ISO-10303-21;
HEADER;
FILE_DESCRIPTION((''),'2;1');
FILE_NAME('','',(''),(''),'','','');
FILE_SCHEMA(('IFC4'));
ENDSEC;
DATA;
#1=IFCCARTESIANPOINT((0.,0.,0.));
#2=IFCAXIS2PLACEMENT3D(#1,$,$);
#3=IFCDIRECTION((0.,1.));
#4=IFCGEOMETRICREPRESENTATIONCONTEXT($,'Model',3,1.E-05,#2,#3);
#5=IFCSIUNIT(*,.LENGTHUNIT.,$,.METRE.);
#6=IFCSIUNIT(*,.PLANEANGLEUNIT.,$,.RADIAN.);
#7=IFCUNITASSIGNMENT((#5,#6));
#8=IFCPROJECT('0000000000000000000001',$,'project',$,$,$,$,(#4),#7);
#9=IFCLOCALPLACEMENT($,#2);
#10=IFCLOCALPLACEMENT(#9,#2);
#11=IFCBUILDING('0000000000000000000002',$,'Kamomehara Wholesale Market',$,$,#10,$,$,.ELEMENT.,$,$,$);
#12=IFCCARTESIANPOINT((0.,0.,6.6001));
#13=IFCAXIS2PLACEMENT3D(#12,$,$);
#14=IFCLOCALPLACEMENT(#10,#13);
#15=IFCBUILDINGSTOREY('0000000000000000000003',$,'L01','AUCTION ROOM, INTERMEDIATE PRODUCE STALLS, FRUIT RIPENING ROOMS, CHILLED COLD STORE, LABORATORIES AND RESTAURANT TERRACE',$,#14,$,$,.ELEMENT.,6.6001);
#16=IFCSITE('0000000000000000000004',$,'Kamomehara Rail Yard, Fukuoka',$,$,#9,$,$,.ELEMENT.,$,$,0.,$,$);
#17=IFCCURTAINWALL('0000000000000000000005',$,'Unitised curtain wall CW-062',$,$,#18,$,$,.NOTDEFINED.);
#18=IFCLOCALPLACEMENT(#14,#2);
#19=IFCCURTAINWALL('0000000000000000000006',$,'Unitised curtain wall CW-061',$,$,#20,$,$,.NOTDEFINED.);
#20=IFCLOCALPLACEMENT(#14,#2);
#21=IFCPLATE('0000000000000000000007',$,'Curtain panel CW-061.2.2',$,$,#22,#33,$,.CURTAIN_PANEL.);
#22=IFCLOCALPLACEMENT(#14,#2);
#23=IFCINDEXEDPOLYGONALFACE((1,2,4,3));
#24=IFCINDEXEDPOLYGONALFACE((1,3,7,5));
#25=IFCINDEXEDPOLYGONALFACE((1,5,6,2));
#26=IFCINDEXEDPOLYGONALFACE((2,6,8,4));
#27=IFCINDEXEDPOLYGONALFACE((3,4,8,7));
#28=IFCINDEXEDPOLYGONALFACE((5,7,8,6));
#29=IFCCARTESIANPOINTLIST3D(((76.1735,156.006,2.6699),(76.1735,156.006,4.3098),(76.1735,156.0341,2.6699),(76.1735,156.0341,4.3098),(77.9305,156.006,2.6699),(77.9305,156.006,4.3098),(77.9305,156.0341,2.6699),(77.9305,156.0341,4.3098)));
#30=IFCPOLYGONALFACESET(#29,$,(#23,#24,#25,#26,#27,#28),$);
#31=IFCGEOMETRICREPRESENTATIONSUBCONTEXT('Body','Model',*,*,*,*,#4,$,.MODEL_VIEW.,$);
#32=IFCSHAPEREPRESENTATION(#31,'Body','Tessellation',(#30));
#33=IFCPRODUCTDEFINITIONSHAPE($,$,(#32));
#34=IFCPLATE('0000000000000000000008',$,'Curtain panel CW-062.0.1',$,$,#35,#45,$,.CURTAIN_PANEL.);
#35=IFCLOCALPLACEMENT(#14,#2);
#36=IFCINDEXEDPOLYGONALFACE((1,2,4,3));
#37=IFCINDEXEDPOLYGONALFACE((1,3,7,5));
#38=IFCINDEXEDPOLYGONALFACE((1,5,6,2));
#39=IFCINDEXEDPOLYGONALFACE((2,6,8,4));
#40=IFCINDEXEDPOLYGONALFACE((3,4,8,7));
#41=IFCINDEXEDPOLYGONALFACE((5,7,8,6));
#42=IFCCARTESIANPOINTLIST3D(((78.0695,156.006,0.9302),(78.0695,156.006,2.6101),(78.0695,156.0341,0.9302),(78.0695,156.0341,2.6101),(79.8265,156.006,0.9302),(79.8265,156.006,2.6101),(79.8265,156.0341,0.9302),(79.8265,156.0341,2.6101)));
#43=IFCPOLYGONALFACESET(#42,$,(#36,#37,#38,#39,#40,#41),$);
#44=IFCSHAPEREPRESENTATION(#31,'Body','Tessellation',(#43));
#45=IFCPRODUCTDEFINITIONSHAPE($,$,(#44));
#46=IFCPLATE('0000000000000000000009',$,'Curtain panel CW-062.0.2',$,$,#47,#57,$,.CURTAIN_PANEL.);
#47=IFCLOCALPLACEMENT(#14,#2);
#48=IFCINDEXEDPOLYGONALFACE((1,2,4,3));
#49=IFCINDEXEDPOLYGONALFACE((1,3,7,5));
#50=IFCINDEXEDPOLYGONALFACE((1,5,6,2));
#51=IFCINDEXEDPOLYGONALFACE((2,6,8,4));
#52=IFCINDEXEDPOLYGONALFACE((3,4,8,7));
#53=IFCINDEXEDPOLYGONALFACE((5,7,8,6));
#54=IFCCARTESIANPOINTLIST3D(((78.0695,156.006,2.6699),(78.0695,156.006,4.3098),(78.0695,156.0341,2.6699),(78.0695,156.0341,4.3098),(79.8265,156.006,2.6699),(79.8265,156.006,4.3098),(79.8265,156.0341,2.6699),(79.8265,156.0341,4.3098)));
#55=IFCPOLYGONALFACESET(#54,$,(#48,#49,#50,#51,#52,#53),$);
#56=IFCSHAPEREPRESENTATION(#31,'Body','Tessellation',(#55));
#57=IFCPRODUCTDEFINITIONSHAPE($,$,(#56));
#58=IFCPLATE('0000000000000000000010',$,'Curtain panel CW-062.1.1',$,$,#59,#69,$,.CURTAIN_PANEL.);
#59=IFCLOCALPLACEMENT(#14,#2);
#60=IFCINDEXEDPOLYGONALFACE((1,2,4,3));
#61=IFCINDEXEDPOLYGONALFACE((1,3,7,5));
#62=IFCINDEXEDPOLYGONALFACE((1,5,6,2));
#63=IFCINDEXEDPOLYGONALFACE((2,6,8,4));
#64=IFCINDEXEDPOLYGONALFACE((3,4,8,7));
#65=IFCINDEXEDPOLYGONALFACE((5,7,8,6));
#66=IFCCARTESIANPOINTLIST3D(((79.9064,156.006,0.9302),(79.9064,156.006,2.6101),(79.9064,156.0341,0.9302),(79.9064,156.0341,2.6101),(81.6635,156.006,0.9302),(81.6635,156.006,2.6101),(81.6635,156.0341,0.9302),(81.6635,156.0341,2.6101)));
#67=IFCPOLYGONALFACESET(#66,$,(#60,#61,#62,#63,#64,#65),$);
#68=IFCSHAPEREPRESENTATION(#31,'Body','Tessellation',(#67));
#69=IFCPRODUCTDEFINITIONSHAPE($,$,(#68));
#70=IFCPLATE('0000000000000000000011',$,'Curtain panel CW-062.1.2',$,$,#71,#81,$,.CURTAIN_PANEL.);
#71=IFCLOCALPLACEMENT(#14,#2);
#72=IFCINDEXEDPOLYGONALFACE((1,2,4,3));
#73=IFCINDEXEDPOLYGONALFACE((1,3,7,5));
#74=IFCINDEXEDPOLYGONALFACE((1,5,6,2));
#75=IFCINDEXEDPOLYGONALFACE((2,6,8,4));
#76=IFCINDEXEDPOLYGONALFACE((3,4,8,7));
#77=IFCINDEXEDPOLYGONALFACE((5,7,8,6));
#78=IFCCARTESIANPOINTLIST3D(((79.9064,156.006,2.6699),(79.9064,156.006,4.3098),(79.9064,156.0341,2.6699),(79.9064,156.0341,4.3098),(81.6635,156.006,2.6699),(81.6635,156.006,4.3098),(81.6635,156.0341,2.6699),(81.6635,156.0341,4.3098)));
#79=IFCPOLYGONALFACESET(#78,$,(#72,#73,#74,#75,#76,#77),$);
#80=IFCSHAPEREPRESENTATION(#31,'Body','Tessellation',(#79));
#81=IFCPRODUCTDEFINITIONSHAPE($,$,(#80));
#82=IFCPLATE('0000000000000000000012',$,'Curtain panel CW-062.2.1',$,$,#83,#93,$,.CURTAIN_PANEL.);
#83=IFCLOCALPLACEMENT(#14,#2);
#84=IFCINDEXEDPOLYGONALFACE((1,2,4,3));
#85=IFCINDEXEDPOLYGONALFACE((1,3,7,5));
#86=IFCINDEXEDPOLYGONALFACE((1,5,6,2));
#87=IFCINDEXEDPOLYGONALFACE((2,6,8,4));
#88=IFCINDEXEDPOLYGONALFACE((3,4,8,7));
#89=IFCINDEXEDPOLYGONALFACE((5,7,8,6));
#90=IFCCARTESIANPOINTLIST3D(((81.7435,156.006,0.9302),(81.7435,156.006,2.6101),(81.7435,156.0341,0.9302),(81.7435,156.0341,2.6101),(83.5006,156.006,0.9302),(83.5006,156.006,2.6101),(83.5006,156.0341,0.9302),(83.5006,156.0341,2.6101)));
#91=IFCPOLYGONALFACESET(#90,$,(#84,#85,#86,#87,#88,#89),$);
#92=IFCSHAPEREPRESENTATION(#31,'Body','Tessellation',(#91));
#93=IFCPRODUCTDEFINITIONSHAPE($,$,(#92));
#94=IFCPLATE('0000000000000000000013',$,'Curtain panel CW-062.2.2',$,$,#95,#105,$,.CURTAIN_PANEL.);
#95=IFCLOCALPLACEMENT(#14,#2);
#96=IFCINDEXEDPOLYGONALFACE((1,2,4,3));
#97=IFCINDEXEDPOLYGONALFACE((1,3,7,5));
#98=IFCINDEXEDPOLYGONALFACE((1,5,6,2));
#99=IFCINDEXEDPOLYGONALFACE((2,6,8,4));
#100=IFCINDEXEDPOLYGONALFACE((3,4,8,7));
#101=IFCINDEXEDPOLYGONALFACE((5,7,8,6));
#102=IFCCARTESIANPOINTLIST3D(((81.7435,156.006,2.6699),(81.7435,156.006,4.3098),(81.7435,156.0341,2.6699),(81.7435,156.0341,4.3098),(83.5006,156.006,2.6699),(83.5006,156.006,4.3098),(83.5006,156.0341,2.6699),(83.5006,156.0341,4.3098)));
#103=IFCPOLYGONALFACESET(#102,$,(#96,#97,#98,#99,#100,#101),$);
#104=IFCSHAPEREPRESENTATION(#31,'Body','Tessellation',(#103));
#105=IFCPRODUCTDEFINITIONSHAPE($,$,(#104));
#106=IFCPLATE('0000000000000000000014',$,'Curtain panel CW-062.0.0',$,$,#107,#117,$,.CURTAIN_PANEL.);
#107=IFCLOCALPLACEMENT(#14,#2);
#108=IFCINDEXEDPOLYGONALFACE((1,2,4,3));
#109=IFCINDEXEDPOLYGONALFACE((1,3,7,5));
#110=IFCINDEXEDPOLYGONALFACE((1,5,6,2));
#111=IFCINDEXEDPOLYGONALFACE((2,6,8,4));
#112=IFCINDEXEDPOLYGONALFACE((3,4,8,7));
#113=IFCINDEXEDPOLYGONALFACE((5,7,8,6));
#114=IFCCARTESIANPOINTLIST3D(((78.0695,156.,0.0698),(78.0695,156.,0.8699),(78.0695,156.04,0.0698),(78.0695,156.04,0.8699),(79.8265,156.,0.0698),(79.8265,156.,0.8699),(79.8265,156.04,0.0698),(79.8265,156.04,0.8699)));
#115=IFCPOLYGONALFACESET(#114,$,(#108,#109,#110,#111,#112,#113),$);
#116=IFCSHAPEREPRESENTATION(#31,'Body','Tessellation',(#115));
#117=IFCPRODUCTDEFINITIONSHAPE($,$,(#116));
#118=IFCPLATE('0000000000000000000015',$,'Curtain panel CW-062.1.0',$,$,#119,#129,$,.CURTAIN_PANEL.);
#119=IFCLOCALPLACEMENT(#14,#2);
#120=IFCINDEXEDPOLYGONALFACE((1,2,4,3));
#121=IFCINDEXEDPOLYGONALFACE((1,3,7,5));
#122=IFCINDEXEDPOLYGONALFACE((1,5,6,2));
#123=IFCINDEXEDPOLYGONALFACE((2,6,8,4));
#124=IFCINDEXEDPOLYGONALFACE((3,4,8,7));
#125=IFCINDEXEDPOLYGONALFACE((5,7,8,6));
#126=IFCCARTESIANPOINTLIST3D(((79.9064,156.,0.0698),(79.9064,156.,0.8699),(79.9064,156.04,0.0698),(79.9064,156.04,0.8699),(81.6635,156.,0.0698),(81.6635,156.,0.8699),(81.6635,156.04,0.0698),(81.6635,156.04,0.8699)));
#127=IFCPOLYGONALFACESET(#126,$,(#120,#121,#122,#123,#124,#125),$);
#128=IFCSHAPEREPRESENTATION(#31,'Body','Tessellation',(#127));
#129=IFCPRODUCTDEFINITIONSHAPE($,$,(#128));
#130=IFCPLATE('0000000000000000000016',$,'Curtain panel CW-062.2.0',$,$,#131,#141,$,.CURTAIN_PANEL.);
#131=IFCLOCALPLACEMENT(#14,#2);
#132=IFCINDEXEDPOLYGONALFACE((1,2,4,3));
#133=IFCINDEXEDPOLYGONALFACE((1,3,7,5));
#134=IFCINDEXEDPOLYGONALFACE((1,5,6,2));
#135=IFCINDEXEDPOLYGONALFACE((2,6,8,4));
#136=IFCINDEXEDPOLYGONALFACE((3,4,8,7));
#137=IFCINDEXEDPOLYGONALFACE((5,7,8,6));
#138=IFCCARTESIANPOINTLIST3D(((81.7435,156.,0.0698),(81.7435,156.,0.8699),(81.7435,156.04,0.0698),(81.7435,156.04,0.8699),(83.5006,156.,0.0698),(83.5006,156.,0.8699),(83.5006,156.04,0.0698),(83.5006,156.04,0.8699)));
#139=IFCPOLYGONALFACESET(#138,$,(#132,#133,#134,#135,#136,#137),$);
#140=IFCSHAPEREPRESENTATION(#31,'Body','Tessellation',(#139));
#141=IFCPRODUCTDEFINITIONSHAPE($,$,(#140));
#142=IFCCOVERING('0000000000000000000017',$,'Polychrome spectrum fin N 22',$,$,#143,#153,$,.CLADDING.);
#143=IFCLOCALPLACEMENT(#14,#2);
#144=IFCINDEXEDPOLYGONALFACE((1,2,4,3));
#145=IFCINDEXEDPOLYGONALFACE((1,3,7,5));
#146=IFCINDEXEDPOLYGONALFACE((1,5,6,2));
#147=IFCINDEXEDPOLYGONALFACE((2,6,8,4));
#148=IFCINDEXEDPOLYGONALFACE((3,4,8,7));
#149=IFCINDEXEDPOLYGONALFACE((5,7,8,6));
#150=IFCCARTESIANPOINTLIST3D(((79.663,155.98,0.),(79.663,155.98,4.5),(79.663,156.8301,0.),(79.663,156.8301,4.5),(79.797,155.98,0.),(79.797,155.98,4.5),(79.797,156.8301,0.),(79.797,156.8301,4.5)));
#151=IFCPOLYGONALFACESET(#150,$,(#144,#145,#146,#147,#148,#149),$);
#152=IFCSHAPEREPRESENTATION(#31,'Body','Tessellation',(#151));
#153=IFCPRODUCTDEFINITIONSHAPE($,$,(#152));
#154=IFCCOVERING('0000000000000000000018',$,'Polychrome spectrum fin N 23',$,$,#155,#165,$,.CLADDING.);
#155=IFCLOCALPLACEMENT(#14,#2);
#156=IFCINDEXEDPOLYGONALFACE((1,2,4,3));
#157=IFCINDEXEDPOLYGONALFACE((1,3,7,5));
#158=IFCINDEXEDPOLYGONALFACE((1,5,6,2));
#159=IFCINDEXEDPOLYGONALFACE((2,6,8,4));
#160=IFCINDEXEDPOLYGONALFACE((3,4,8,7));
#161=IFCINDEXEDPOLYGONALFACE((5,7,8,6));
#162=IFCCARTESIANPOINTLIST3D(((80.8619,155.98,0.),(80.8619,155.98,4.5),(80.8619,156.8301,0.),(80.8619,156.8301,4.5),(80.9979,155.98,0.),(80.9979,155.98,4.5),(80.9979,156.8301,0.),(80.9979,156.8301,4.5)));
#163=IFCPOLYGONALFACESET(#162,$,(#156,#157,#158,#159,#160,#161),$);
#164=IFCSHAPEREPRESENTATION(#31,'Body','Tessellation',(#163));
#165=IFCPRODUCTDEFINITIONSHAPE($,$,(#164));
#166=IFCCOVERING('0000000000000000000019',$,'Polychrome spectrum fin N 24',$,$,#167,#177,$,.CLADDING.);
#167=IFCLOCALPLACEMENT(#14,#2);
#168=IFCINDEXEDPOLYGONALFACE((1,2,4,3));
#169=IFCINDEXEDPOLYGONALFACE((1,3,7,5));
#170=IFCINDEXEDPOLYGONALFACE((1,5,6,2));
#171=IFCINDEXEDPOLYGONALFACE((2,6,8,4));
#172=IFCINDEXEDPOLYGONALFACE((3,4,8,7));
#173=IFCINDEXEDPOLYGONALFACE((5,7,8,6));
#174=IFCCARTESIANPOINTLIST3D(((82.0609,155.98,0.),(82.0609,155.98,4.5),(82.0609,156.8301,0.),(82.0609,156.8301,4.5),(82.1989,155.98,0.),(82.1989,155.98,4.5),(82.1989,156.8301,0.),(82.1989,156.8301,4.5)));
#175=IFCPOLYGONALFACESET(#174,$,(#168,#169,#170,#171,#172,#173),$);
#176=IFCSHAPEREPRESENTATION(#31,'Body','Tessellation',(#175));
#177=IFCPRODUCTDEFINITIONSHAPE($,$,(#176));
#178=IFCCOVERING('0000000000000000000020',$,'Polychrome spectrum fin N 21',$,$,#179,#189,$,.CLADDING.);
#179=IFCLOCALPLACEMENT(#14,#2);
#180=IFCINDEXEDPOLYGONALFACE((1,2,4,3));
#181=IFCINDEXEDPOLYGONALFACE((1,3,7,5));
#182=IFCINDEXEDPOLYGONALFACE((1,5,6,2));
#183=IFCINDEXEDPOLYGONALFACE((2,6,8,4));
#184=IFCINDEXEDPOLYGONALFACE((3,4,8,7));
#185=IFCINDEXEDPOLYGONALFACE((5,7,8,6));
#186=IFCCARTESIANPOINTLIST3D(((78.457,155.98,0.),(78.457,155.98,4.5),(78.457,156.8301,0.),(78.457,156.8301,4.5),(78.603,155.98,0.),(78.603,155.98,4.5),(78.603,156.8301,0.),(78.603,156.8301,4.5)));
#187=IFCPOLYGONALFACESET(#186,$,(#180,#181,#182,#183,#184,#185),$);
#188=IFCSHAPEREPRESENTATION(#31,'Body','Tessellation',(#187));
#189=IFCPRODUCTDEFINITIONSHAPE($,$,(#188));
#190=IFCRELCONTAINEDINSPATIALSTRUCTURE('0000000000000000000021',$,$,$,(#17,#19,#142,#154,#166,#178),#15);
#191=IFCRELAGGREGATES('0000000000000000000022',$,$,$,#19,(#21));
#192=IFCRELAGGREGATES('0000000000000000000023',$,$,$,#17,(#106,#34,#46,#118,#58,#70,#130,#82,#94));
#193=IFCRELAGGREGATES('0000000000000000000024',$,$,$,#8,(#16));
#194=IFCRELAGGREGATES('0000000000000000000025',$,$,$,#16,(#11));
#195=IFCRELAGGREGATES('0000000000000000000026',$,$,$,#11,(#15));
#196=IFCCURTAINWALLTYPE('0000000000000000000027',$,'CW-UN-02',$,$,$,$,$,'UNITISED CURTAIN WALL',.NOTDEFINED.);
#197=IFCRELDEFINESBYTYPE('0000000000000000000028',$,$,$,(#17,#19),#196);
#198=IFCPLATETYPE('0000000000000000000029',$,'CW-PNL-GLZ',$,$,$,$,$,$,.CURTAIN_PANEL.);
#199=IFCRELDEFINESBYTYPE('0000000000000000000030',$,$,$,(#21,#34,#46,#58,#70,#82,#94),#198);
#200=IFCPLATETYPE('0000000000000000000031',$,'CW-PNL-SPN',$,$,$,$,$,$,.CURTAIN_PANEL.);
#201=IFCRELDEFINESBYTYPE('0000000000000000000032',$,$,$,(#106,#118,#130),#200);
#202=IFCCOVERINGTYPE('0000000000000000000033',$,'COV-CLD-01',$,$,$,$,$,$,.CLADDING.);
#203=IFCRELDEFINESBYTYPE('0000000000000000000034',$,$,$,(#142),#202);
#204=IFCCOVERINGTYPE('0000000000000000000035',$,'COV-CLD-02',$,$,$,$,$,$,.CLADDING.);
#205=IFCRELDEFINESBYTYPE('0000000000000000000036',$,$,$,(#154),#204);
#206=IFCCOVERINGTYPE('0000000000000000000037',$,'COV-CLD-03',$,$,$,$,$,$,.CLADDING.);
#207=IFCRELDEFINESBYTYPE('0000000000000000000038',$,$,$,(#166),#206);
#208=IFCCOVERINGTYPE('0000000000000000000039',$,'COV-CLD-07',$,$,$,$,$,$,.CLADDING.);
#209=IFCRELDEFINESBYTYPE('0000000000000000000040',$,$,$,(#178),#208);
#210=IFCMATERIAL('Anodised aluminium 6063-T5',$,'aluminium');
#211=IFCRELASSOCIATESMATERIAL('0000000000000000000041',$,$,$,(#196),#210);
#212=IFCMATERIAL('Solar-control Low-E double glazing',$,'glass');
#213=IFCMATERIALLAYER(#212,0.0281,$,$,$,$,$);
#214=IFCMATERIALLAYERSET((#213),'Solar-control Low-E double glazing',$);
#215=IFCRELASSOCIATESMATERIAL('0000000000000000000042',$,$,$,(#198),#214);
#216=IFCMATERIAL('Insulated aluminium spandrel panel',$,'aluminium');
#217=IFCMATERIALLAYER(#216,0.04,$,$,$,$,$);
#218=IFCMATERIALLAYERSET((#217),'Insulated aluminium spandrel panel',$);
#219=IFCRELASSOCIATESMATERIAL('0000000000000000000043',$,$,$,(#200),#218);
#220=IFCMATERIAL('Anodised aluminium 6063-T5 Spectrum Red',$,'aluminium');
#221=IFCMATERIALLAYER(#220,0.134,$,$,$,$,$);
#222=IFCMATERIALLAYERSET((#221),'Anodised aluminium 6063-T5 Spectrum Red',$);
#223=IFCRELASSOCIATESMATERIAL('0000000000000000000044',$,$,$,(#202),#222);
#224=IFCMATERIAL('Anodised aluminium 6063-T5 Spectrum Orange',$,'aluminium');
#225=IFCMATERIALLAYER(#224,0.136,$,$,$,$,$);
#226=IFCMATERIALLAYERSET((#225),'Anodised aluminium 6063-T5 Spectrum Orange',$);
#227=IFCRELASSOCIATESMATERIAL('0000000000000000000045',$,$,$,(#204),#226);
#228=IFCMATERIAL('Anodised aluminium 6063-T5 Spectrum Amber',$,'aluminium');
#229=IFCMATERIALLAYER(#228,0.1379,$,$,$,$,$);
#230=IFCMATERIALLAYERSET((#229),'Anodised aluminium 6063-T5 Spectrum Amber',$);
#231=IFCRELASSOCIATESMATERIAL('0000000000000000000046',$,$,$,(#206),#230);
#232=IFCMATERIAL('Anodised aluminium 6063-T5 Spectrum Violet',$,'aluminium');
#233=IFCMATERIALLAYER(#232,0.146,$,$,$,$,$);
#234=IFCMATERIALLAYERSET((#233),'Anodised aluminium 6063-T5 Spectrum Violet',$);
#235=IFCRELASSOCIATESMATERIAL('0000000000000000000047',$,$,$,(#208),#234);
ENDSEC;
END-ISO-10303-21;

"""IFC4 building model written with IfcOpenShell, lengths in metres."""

from ifc_helpers import new_model, si_unit, direction, frame, origin, origin_2d, place, context, subcontext, project, spatial, rectangle, extrude, material, layer, layer_set, type_object, element, aggregate, save


model = new_model("IFC4")

# Units and contexts
model_context = context("Model", 3, precision=1e-05, world=origin(), true_north=direction((0.0, 1.0)))
body_context = subcontext(model_context, "Body", "Model", "MODEL_VIEW")
ifc_project = project(units=[si_unit("LENGTHUNIT", "METRE"), si_unit("PLANEANGLEUNIT", "RADIAN")], contexts=[model_context])

# Site, building, storey
site_placement = place(None, origin())
site = spatial("IfcSite", under=ifc_project, at=site_placement, Name="Kamomehara Rail Yard, Fukuoka", CompositionType="ELEMENT", RefElevation=0.0)
building_placement = place(site_placement, origin())
building = spatial("IfcBuilding", under=site, at=building_placement, Name="Kamomehara Wholesale Market", CompositionType="ELEMENT")
storey_placement = place(building_placement, frame((0.0, 0.0, 6.6001)))
storey = spatial("IfcBuildingStorey", under=building, at=storey_placement, Name="L01", Description="AUCTION ROOM, INTERMEDIATE PRODUCE STALLS, FRUIT RIPENING ROOMS, CHILLED COLD STORE, LABORATORIES AND RESTAURANT TERRACE", CompositionType="ELEMENT", Elevation=6.6001)

# Curtain wall
ifc_material_1 = material(Name="Anodised aluminium 6063-T5", Category="aluminium")
curtain_wall_type = type_object("IfcCurtainWallType", Name="CW-UN-02", ElementType="UNITISED CURTAIN WALL", PredefinedType="NOTDEFINED", material=ifc_material_1)
curtain_wall_1_placement = place(storey_placement, origin())
curtain_wall_1 = element("IfcCurtainWall", 1, at=curtain_wall_1_placement, inside=storey, type_object=curtain_wall_type, Name="Unitised curtain wall CW-062", PredefinedType="NOTDEFINED")

# Curtain wall, plate
curtain_wall_2_placement = place(storey_placement, origin())
curtain_wall_2 = element("IfcCurtainWall", 2, at=curtain_wall_2_placement, inside=storey, type_object=curtain_wall_type, Name="Unitised curtain wall CW-061", PredefinedType="NOTDEFINED")
ifc_material_2 = material(Name="Solar-control Low-E double glazing", Category="glass")
ifc_layer_1 = layer(ifc_material_2, 0.0281)
ifc_layer_set_1 = layer_set([ifc_layer_1], Name="Solar-control Low-E double glazing")
plate_type_1 = type_object("IfcPlateType", Name="CW-PNL-GLZ", PredefinedType="CURTAIN_PANEL", material=ifc_layer_set_1)
plate_1_placement = place(storey_placement, frame((77.052, 156.02, 2.6699), z_axis=(0.0, 0.0, 1.0), x_axis=(1.0, 0.0, 0.0)))
plate_1 = element("IfcPlate", 3, at=plate_1_placement, type_object=plate_type_1, Name="Curtain panel CW-061.2.2", PredefinedType="CURTAIN_PANEL", context=body_context, shape_type="SweptSolid", body=[
    extrude(rectangle(XDim=1.7571, YDim=0.0281, at=origin_2d()), origin(), (0.0, 0.0, 1.0), 1.6399),
])
aggregate(curtain_wall_2, [plate_1])

# Plates
plate_2_placement = place(storey_placement, frame((78.948, 156.02, 0.9302), z_axis=(0.0, 0.0, 1.0), x_axis=(1.0, 0.0, 0.0)))
plate_2 = element("IfcPlate", 4, at=plate_2_placement, type_object=plate_type_1, Name="Curtain panel CW-062.0.1", PredefinedType="CURTAIN_PANEL", context=body_context, shape_type="SweptSolid", body=[
    extrude(rectangle(XDim=1.7571, YDim=0.0281, at=origin_2d()), origin(), (0.0, 0.0, 1.0), 1.6799),
])
plate_3_placement = place(storey_placement, frame((78.948, 156.02, 2.6699), z_axis=(0.0, 0.0, 1.0), x_axis=(1.0, 0.0, 0.0)))
plate_3 = element("IfcPlate", 5, at=plate_3_placement, type_object=plate_type_1, Name="Curtain panel CW-062.0.2", PredefinedType="CURTAIN_PANEL", context=body_context, shape_type="SweptSolid", body=[
    extrude(rectangle(XDim=1.7571, YDim=0.0281, at=origin_2d()), origin(), (0.0, 0.0, 1.0), 1.6399),
])
plate_4_placement = place(storey_placement, frame((80.7849, 156.02, 0.9302), z_axis=(0.0, 0.0, 1.0), x_axis=(1.0, 0.0, 0.0)))
plate_4 = element("IfcPlate", 6, at=plate_4_placement, type_object=plate_type_1, Name="Curtain panel CW-062.1.1", PredefinedType="CURTAIN_PANEL", context=body_context, shape_type="SweptSolid", body=[
    extrude(rectangle(XDim=1.7571, YDim=0.0281, at=origin_2d()), origin(), (0.0, 0.0, 1.0), 1.6799),
])
plate_5_placement = place(storey_placement, frame((80.7849, 156.02, 2.6699), z_axis=(0.0, 0.0, 1.0), x_axis=(1.0, 0.0, 0.0)))
plate_5 = element("IfcPlate", 7, at=plate_5_placement, type_object=plate_type_1, Name="Curtain panel CW-062.1.2", PredefinedType="CURTAIN_PANEL", context=body_context, shape_type="SweptSolid", body=[
    extrude(rectangle(XDim=1.7571, YDim=0.0281, at=origin_2d()), origin(), (0.0, 0.0, 1.0), 1.6399),
])
plate_6_placement = place(storey_placement, frame((82.6221, 156.02, 0.9302), z_axis=(0.0, 0.0, 1.0), x_axis=(1.0, 0.0, 0.0)))
plate_6 = element("IfcPlate", 8, at=plate_6_placement, type_object=plate_type_1, Name="Curtain panel CW-062.2.1", PredefinedType="CURTAIN_PANEL", context=body_context, shape_type="SweptSolid", body=[
    extrude(rectangle(XDim=1.7571, YDim=0.0281, at=origin_2d()), origin(), (0.0, 0.0, 1.0), 1.6799),
])
plate_7_placement = place(storey_placement, frame((82.6221, 156.02, 2.6699), z_axis=(0.0, 0.0, 1.0), x_axis=(1.0, 0.0, 0.0)))
plate_7 = element("IfcPlate", 9, at=plate_7_placement, type_object=plate_type_1, Name="Curtain panel CW-062.2.2", PredefinedType="CURTAIN_PANEL", context=body_context, shape_type="SweptSolid", body=[
    extrude(rectangle(XDim=1.7571, YDim=0.0281, at=origin_2d()), origin(), (0.0, 0.0, 1.0), 1.6399),
])
ifc_material_3 = material(Name="Insulated aluminium spandrel panel", Category="aluminium")
ifc_layer_2 = layer(ifc_material_3, 0.04)
ifc_layer_set_2 = layer_set([ifc_layer_2], Name="Insulated aluminium spandrel panel")
plate_type_2 = type_object("IfcPlateType", Name="CW-PNL-SPN", PredefinedType="CURTAIN_PANEL", material=ifc_layer_set_2)
plate_8_placement = place(storey_placement, frame((78.948, 156.02, 0.0698), z_axis=(0.0, 0.0, 1.0), x_axis=(1.0, 0.0, 0.0)))
plate_8 = element("IfcPlate", 10, at=plate_8_placement, type_object=plate_type_2, Name="Curtain panel CW-062.0.0", PredefinedType="CURTAIN_PANEL", context=body_context, shape_type="SweptSolid", body=[
    extrude(rectangle(XDim=1.7571, YDim=0.04, at=origin_2d()), origin(), (0.0, 0.0, 1.0), 0.8),
])
plate_9_placement = place(storey_placement, frame((80.7849, 156.02, 0.0698), z_axis=(0.0, 0.0, 1.0), x_axis=(1.0, 0.0, 0.0)))
plate_9 = element("IfcPlate", 11, at=plate_9_placement, type_object=plate_type_2, Name="Curtain panel CW-062.1.0", PredefinedType="CURTAIN_PANEL", context=body_context, shape_type="SweptSolid", body=[
    extrude(rectangle(XDim=1.7571, YDim=0.04, at=origin_2d()), origin(), (0.0, 0.0, 1.0), 0.8),
])
plate_10_placement = place(storey_placement, frame((82.6221, 156.02, 0.0698), z_axis=(0.0, 0.0, 1.0), x_axis=(1.0, 0.0, 0.0)))
plate_10 = element("IfcPlate", 12, at=plate_10_placement, type_object=plate_type_2, Name="Curtain panel CW-062.2.0", PredefinedType="CURTAIN_PANEL", context=body_context, shape_type="SweptSolid", body=[
    extrude(rectangle(XDim=1.7571, YDim=0.04, at=origin_2d()), origin(), (0.0, 0.0, 1.0), 0.8),
])
aggregate(curtain_wall_1, [plate_8, plate_2, plate_3, plate_9, plate_4, plate_5, plate_10, plate_6, plate_7])

# Coverings
ifc_material_4 = material(Name="Anodised aluminium 6063-T5 Spectrum Red", Category="aluminium")
ifc_layer_3 = layer(ifc_material_4, 0.134)
ifc_layer_set_3 = layer_set([ifc_layer_3], Name="Anodised aluminium 6063-T5 Spectrum Red")
covering_type_1 = type_object("IfcCoveringType", Name="COV-CLD-01", PredefinedType="CLADDING", material=ifc_layer_set_3)
covering_1_placement = place(storey_placement, frame((79.73, 156.405, 0.0), z_axis=(0.0, 0.0, 1.0), x_axis=(1.0, 0.0, 0.0)))
element("IfcCovering", 13, at=covering_1_placement, inside=storey, type_object=covering_type_1, Name="Polychrome spectrum fin N 22", PredefinedType="CLADDING", context=body_context, shape_type="SweptSolid", body=[
    extrude(rectangle(XDim=0.134, YDim=0.8501, at=origin_2d()), origin(), (0.0, 0.0, 1.0), 4.5),
])
ifc_material_5 = material(Name="Anodised aluminium 6063-T5 Spectrum Orange", Category="aluminium")
ifc_layer_4 = layer(ifc_material_5, 0.136)
ifc_layer_set_4 = layer_set([ifc_layer_4], Name="Anodised aluminium 6063-T5 Spectrum Orange")
covering_type_2 = type_object("IfcCoveringType", Name="COV-CLD-02", PredefinedType="CLADDING", material=ifc_layer_set_4)
covering_2_placement = place(storey_placement, frame((80.9299, 156.405, 0.0), z_axis=(0.0, 0.0, 1.0), x_axis=(1.0, 0.0, 0.0)))
element("IfcCovering", 14, at=covering_2_placement, inside=storey, type_object=covering_type_2, Name="Polychrome spectrum fin N 23", PredefinedType="CLADDING", context=body_context, shape_type="SweptSolid", body=[
    extrude(rectangle(XDim=0.136, YDim=0.8501, at=origin_2d()), origin(), (0.0, 0.0, 1.0), 4.5),
])
ifc_material_6 = material(Name="Anodised aluminium 6063-T5 Spectrum Amber", Category="aluminium")
ifc_layer_5 = layer(ifc_material_6, 0.1379)
ifc_layer_set_5 = layer_set([ifc_layer_5], Name="Anodised aluminium 6063-T5 Spectrum Amber")
covering_type_3 = type_object("IfcCoveringType", Name="COV-CLD-03", PredefinedType="CLADDING", material=ifc_layer_set_5)
covering_3_placement = place(storey_placement, frame((82.1299, 156.405, 0.0), z_axis=(0.0, 0.0, 1.0), x_axis=(1.0, 0.0, 0.0)))
element("IfcCovering", 15, at=covering_3_placement, inside=storey, type_object=covering_type_3, Name="Polychrome spectrum fin N 24", PredefinedType="CLADDING", context=body_context, shape_type="SweptSolid", body=[
    extrude(rectangle(XDim=0.1379, YDim=0.8501, at=origin_2d()), origin(), (0.0, 0.0, 1.0), 4.5),
])
ifc_material_7 = material(Name="Anodised aluminium 6063-T5 Spectrum Violet", Category="aluminium")
ifc_layer_6 = layer(ifc_material_7, 0.146)
ifc_layer_set_6 = layer_set([ifc_layer_6], Name="Anodised aluminium 6063-T5 Spectrum Violet")
covering_type_4 = type_object("IfcCoveringType", Name="COV-CLD-07", PredefinedType="CLADDING", material=ifc_layer_set_6)
covering_4_placement = place(storey_placement, frame((78.53, 156.405, 0.0), z_axis=(0.0, 0.0, 1.0), x_axis=(1.0, 0.0, 0.0)))
element("IfcCovering", 16, at=covering_4_placement, inside=storey, type_object=covering_type_4, Name="Polychrome spectrum fin N 21", PredefinedType="CLADDING", context=body_context, shape_type="SweptSolid", body=[
    extrude(rectangle(XDim=0.146, YDim=0.8501, at=origin_2d()), origin(), (0.0, 0.0, 1.0), 4.5),
])

save(model, "model.ifc")
